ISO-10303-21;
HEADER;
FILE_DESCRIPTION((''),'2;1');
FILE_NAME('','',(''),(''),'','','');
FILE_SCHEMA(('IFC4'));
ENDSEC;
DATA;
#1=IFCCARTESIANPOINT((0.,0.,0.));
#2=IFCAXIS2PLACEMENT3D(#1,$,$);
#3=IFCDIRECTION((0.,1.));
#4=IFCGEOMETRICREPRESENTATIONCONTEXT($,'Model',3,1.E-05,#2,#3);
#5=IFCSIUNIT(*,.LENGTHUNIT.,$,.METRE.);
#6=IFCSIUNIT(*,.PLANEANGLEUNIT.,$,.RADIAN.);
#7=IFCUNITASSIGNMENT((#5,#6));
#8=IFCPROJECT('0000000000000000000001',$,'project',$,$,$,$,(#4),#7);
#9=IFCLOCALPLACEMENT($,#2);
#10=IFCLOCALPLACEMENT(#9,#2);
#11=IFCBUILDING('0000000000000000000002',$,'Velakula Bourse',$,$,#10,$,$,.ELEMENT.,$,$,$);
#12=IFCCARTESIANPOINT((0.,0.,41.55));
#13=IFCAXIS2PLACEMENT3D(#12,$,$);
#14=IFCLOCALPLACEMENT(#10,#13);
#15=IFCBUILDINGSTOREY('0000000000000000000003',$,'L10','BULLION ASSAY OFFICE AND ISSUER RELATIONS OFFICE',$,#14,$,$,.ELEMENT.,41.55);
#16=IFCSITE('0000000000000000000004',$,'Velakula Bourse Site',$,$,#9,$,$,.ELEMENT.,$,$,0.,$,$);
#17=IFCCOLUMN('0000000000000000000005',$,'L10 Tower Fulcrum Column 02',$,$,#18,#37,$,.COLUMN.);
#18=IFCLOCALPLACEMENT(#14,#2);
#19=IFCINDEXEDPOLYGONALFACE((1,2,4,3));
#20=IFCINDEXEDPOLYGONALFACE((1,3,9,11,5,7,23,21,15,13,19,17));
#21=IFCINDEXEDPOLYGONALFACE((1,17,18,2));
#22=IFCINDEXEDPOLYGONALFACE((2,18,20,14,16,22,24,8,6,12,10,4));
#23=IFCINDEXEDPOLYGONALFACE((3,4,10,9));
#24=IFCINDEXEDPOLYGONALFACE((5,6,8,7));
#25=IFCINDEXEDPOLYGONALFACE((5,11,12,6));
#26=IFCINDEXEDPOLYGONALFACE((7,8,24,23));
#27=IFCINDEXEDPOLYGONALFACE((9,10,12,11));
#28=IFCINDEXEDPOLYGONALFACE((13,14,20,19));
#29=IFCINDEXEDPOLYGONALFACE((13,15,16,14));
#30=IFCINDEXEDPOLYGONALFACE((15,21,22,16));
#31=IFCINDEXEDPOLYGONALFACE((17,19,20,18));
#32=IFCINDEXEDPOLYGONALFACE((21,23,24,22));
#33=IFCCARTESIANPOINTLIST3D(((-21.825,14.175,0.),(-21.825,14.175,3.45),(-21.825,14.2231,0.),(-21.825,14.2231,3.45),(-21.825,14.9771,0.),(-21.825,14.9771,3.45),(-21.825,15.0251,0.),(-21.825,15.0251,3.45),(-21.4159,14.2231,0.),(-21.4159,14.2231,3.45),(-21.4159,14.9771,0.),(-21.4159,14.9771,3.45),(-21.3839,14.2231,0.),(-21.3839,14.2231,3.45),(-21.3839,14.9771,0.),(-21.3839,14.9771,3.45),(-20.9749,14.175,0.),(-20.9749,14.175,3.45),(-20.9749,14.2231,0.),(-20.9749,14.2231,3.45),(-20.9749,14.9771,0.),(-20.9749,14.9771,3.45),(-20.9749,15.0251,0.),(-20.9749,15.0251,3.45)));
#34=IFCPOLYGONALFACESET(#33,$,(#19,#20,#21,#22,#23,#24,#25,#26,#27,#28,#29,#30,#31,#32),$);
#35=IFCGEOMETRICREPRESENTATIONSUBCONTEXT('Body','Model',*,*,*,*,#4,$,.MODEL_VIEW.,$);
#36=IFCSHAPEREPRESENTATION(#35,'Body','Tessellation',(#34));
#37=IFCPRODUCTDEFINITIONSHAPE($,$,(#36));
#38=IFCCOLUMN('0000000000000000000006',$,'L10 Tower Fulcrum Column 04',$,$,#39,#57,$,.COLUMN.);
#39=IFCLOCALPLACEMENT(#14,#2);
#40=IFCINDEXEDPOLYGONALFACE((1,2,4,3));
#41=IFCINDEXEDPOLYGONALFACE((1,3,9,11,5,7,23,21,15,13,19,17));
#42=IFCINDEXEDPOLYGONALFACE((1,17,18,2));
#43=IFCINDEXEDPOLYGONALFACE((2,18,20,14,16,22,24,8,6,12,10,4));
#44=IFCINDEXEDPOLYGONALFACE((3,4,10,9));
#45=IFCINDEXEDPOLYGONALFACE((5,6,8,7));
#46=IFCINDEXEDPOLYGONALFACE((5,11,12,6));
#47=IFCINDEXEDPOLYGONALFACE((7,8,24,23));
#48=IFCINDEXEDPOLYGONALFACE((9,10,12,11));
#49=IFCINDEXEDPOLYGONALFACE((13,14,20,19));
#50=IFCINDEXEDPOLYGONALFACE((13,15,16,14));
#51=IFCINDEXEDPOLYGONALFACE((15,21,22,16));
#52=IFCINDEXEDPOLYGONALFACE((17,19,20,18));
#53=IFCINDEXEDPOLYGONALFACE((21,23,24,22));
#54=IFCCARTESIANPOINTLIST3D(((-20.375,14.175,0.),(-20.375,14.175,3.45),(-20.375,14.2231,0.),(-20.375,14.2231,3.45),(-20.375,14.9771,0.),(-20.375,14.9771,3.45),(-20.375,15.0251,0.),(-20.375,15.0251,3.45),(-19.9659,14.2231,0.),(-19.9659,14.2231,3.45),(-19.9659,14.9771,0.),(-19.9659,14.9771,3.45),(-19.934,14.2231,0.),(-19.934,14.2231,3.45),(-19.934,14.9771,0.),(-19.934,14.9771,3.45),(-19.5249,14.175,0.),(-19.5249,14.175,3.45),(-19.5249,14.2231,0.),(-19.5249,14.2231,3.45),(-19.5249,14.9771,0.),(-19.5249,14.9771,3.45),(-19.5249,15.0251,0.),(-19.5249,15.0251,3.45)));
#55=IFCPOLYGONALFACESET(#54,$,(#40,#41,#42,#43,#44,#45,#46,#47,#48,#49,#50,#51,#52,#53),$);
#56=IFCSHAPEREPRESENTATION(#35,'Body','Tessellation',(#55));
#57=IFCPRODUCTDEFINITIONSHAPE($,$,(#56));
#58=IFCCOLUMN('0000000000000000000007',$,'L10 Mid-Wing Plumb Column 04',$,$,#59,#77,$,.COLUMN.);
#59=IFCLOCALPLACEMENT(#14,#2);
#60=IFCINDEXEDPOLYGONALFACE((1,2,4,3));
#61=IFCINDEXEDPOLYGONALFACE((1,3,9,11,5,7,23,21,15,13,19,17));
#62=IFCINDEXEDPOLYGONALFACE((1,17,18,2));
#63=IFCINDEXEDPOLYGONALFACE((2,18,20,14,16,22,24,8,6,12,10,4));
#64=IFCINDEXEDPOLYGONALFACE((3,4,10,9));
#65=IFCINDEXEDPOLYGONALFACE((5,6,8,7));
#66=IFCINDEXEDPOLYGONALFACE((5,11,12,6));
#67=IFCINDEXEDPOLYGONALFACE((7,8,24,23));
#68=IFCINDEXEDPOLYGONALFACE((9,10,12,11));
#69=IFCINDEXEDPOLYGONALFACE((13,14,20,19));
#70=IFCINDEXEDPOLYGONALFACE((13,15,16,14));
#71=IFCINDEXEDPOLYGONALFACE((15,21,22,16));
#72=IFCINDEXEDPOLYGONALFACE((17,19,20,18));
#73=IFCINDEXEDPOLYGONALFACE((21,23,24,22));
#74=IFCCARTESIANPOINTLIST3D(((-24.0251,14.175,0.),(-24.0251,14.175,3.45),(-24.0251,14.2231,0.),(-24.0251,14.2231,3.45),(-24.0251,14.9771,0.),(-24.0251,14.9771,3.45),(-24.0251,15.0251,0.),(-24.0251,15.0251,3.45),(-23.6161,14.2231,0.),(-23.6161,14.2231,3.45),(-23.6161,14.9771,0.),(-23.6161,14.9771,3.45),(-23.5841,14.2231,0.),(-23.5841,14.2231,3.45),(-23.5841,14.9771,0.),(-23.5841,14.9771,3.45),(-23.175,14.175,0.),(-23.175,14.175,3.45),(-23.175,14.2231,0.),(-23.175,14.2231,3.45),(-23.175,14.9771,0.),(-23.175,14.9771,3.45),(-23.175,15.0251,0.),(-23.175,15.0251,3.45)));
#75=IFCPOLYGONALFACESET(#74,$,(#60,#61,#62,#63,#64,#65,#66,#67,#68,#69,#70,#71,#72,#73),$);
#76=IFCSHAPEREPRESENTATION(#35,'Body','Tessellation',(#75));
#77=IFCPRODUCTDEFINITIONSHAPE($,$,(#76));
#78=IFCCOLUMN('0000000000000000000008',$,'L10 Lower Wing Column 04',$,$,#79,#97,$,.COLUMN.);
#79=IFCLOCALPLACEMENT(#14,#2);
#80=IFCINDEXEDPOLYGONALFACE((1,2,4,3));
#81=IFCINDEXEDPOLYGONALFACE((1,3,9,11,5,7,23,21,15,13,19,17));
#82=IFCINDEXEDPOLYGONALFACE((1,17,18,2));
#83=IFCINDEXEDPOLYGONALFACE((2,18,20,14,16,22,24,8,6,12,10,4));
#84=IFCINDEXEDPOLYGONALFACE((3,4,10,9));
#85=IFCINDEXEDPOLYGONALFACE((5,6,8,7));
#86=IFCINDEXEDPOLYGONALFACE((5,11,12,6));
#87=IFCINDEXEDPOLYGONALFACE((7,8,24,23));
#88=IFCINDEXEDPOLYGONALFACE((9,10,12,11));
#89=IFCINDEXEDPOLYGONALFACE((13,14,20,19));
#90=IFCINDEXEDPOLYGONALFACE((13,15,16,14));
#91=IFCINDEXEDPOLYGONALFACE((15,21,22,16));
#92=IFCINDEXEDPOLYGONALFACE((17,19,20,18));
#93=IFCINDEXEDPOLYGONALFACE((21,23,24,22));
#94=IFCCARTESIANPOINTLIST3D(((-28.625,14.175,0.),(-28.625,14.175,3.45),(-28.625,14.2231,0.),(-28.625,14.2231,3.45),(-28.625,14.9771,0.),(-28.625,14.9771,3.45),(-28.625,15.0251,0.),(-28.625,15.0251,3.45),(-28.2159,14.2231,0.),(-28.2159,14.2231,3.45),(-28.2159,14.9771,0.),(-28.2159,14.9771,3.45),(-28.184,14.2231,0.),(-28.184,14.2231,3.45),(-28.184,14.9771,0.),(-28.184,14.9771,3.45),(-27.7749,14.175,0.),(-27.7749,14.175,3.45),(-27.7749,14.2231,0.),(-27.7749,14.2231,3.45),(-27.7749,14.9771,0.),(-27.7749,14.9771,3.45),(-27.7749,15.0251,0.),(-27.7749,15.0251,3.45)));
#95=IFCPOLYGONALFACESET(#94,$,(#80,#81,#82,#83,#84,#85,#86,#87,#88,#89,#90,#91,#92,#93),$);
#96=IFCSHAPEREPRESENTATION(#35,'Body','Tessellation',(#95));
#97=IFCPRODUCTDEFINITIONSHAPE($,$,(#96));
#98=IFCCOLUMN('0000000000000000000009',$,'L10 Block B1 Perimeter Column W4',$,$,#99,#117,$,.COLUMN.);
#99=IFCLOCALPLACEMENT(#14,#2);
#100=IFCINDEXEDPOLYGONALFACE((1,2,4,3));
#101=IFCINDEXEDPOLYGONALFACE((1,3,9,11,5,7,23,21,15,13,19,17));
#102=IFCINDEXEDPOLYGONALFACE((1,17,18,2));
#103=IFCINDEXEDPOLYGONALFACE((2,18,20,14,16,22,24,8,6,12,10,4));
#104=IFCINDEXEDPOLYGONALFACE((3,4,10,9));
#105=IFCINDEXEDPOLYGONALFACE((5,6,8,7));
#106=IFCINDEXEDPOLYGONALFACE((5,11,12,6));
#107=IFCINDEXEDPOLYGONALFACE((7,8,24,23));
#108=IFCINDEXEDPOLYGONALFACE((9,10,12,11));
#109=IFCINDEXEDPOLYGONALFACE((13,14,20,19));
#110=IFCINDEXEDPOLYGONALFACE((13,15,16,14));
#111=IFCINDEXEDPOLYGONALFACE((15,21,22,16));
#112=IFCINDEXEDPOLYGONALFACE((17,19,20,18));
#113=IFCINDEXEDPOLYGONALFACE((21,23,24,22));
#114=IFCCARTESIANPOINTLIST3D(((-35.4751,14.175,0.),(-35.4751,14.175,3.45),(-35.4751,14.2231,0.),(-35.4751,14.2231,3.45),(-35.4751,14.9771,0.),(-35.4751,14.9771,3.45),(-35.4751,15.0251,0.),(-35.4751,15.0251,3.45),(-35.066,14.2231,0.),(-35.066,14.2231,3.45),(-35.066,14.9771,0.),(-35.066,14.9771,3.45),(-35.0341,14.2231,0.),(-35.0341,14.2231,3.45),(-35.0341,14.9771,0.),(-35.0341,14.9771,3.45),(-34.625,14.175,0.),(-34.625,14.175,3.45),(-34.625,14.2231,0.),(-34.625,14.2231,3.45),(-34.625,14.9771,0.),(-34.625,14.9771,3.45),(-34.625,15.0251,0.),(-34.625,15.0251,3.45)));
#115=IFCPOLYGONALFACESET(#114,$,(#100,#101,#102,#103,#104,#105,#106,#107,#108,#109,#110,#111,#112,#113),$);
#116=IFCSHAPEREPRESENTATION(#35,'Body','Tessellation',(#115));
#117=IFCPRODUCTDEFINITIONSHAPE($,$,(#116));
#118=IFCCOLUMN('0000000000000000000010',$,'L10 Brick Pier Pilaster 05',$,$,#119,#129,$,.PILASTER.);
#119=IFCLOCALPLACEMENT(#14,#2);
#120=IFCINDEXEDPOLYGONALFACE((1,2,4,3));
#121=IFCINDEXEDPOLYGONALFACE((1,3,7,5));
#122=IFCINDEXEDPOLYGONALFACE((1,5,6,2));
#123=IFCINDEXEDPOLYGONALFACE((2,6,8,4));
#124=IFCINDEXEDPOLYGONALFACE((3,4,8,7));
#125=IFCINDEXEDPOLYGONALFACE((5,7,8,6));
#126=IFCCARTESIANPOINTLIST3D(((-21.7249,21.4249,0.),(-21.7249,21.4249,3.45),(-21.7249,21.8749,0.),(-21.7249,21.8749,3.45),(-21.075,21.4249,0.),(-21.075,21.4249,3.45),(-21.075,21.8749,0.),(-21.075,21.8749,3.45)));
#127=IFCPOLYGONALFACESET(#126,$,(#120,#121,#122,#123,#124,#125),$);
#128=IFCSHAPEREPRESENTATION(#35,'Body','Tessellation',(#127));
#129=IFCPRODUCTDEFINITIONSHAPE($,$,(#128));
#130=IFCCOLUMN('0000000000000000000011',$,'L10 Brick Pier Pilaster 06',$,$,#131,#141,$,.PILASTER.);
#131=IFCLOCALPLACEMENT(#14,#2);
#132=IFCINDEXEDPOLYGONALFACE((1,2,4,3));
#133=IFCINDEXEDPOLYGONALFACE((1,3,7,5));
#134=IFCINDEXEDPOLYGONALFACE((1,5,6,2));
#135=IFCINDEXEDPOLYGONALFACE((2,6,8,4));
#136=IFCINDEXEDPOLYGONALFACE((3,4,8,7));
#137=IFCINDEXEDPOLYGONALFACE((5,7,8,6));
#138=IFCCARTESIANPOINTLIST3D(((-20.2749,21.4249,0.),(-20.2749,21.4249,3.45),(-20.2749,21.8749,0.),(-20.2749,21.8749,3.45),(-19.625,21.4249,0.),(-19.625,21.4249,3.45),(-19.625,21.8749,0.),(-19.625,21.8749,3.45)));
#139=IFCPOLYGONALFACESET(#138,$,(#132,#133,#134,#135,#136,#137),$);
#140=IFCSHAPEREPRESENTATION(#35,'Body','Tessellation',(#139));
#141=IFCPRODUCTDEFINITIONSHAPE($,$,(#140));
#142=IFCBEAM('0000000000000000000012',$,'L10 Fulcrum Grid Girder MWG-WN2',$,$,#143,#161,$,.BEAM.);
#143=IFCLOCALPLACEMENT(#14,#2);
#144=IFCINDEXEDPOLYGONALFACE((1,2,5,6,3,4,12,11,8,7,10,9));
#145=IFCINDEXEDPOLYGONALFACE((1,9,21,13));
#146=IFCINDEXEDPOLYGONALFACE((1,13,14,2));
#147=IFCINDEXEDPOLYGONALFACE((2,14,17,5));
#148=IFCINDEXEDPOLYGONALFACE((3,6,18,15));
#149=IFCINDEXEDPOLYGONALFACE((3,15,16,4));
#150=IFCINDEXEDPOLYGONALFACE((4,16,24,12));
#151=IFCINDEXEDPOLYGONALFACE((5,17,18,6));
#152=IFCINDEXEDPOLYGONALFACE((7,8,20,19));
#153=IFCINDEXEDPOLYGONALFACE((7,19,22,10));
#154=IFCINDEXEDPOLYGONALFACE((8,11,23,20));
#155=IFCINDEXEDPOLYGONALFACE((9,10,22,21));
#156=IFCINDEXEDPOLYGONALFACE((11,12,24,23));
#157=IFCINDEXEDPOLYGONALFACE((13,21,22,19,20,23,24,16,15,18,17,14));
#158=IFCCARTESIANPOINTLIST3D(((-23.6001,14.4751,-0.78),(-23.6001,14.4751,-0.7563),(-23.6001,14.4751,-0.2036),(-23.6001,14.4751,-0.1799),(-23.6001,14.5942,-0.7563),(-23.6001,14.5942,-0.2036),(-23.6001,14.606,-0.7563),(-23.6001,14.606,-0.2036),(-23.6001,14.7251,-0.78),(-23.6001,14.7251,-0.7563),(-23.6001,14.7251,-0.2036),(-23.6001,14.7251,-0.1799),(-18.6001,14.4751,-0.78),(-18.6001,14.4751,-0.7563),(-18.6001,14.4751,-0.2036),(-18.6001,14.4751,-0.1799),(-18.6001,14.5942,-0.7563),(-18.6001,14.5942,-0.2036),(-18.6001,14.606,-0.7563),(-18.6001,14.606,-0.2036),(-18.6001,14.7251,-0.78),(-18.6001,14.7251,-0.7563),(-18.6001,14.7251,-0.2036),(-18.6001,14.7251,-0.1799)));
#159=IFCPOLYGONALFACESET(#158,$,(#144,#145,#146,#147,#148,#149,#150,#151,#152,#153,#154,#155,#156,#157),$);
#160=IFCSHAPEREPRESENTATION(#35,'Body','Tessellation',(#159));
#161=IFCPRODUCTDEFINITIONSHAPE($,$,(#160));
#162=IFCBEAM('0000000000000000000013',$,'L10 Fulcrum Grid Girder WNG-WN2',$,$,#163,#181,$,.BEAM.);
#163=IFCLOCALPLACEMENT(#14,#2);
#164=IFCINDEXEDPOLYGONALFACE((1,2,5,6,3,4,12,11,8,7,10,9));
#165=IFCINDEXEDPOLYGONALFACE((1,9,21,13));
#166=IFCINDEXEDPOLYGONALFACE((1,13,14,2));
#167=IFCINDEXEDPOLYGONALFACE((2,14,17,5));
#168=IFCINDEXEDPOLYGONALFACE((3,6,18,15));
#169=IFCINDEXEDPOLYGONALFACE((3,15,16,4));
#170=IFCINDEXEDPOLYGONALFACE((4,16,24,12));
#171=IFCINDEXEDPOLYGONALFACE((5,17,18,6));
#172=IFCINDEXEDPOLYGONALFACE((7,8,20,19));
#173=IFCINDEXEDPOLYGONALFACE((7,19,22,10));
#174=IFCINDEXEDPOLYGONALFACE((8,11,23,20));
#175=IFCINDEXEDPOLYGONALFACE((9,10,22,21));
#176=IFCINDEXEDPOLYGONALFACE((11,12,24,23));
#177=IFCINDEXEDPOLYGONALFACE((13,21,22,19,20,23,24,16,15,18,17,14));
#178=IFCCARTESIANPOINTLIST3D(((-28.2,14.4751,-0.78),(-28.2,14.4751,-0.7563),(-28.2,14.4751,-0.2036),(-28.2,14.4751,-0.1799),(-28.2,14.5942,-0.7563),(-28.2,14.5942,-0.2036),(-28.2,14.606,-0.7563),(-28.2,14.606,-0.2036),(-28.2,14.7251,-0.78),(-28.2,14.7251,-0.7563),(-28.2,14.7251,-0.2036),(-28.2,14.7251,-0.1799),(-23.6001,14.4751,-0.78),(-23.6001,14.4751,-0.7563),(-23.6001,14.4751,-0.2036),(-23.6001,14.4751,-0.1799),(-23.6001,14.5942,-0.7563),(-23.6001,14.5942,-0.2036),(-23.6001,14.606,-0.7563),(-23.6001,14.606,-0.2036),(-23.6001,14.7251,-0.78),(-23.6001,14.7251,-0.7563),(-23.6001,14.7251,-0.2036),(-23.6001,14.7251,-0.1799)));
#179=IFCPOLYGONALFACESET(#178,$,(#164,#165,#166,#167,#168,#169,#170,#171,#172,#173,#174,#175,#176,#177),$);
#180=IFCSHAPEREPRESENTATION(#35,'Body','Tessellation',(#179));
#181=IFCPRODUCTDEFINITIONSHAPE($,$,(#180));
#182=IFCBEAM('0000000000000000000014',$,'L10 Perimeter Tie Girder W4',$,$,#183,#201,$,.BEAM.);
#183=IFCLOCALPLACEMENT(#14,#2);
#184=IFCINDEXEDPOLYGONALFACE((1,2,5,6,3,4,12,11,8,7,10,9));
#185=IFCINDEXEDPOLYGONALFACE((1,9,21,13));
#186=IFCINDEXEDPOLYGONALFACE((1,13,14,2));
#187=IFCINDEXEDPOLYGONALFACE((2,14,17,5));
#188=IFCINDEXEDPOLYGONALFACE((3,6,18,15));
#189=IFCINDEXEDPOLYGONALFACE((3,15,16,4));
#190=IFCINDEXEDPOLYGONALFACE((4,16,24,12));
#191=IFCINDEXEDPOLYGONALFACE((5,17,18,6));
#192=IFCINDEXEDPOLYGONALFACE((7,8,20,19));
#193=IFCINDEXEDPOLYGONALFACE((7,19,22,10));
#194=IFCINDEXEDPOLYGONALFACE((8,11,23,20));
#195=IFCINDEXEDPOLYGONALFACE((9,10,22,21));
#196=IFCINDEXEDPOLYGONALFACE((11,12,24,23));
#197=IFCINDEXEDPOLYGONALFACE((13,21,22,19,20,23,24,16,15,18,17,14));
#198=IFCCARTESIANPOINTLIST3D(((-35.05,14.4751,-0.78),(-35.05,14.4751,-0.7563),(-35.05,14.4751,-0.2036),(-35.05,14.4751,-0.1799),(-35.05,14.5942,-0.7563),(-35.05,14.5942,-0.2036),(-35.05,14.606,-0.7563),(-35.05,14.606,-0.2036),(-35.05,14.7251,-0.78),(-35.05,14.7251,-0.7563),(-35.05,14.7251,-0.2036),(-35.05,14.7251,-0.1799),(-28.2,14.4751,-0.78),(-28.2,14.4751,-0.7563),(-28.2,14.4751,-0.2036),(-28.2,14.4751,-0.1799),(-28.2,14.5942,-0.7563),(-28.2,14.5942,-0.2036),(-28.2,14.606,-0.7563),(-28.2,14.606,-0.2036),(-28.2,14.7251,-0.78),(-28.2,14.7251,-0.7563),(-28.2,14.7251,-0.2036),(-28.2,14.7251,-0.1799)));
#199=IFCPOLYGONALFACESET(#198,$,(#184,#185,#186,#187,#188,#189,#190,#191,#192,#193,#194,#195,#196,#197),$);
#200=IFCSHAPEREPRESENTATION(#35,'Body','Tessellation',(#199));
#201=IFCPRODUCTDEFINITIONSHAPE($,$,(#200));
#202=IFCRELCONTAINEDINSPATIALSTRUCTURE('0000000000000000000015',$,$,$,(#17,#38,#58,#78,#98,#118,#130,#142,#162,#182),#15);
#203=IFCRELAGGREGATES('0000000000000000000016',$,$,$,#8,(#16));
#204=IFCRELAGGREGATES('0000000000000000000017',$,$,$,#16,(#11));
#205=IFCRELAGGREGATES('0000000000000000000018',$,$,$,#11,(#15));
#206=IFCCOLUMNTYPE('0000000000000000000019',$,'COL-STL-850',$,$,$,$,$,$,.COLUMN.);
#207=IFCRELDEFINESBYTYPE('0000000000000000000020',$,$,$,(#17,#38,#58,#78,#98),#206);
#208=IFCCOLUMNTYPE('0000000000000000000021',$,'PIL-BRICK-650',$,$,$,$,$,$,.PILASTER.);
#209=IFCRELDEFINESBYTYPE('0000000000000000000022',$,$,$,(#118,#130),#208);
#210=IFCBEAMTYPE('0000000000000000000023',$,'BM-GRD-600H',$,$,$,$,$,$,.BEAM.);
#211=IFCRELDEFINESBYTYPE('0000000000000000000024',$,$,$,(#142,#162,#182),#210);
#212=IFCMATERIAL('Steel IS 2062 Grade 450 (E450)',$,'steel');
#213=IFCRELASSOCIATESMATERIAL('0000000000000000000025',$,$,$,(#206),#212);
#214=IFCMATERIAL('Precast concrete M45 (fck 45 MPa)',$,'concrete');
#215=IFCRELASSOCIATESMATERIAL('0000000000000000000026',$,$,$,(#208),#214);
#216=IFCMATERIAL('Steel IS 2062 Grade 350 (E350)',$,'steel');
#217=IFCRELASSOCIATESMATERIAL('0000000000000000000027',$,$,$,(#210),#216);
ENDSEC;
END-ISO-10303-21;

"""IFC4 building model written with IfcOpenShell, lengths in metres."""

from ifc_helpers import new_model, si_unit, direction, frame, origin, origin_2d, place, context, subcontext, project, spatial, rectangle, i_section, extrude, material, material_profile, profile_set, type_object, element, save


model = new_model("IFC4")

# Units and contexts
model_context = context("Model", 3, precision=1e-05, world=origin(), true_north=direction((0.0, 1.0)))
body_context = subcontext(model_context, "Body", "Model", "MODEL_VIEW")
ifc_project = project(units=[si_unit("LENGTHUNIT", "METRE"), si_unit("PLANEANGLEUNIT", "RADIAN")], contexts=[model_context])

# Site, building, storey
site_placement = place(None, origin())
site = spatial("IfcSite", under=ifc_project, at=site_placement, Name="Velakula Bourse Site", CompositionType="ELEMENT", RefElevation=0.0)
building_placement = place(site_placement, origin())
building = spatial("IfcBuilding", under=site, at=building_placement, Name="Velakula Bourse", CompositionType="ELEMENT")
storey_placement = place(building_placement, frame((0.0, 0.0, 41.55)))
storey = spatial("IfcBuildingStorey", under=building, at=storey_placement, Name="L10", Description="BULLION ASSAY OFFICE AND ISSUER RELATIONS OFFICE", CompositionType="ELEMENT", Elevation=41.55)

# Columns
ifc_material_1 = material(Name="Steel IS 2062 Grade 450 (E450)", Category="steel")
ifc_material_profile_1 = material_profile(ifc_material_1, i_section(OverallWidth=0.8501, OverallDepth=0.8501, WebThickness=0.032, FlangeThickness=0.0481, at=origin_2d()), Name="Steel IS 2062 Grade 450 (E450)")
ifc_profile_set_1 = profile_set([ifc_material_profile_1], Name="Steel IS 2062 Grade 450 (E450)")
column_type_1 = type_object("IfcColumnType", Name="COL-STL-850", PredefinedType="COLUMN", material=ifc_profile_set_1)
for number, where, z_axis, x_axis, name in (
    (1, (-21.3999, 14.6001, 0.0), (0.0, 0.0, 1.0), (1.0, 0.0, 0.0), "L10 Tower Fulcrum Column 02"),
    (2, (-19.95, 14.6001, 0.0), (0.0, 0.0, 1.0), (1.0, 0.0, 0.0), "L10 Tower Fulcrum Column 04"),
    (3, (-23.6001, 14.6001, 0.0), (0.0, 0.0, 1.0), (1.0, 0.0, 0.0), "L10 Mid-Wing Plumb Column 04"),
    (4, (-28.2, 14.6001, 0.0), (0.0, 0.0, 1.0), (1.0, 0.0, 0.0), "L10 Lower Wing Column 04"),
    (5, (-35.05, 14.6001, 0.0), (0.0, 0.0, 1.0), (1.0, 0.0, 0.0), "L10 Block B1 Perimeter Column W4"),
):
    element("IfcColumn", number, at=place(storey_placement, frame(where, z_axis=z_axis, x_axis=x_axis)), inside=storey, type_object=column_type_1, Name=name, PredefinedType="COLUMN", context=body_context, shape_type="SweptSolid", body=[
        extrude(i_section(OverallWidth=0.8501, OverallDepth=0.8501, WebThickness=0.032, FlangeThickness=0.0481, at=origin_2d()), origin(), (0.0, 0.0, 1.0), 3.45),
    ])
ifc_material_2 = material(Name="Precast concrete M45 (fck 45 MPa)", Category="concrete")
ifc_material_profile_2 = material_profile(ifc_material_2, rectangle(XDim=0.6499, YDim=0.45, at=origin_2d()), Name="Precast concrete M45 (fck 45 MPa)")
ifc_profile_set_2 = profile_set([ifc_material_profile_2], Name="Precast concrete M45 (fck 45 MPa)")
column_type_2 = type_object("IfcColumnType", Name="PIL-BRICK-650", PredefinedType="PILASTER", material=ifc_profile_set_2)
for number, where, z_axis, x_axis, name in (
    (6, (-21.3999, 21.6499, 0.0), (0.0, 0.0, 1.0), (1.0, 0.0, 0.0), "L10 Brick Pier Pilaster 05"),
    (7, (-19.95, 21.6499, 0.0), (0.0, 0.0, 1.0), (1.0, 0.0, 0.0), "L10 Brick Pier Pilaster 06"),
):
    element("IfcColumn", number, at=place(storey_placement, frame(where, z_axis=z_axis, x_axis=x_axis)), inside=storey, type_object=column_type_2, Name=name, PredefinedType="PILASTER", context=body_context, shape_type="SweptSolid", body=[
        extrude(rectangle(XDim=0.6499, YDim=0.45, at=origin_2d()), origin(), (0.0, 0.0, 1.0), 3.45),
    ])

# Beams
ifc_material_3 = material(Name="Steel IS 2062 Grade 350 (E350)", Category="steel")
ifc_material_profile_3 = material_profile(ifc_material_3, i_section(OverallWidth=0.25, OverallDepth=0.6001, WebThickness=0.0117, FlangeThickness=0.0237, at=origin_2d()), Name="Steel IS 2062 Grade 350 (E350)")
ifc_profile_set_3 = profile_set([ifc_material_profile_3], Name="Steel IS 2062 Grade 350 (E350)")
beam_type_1 = type_object("IfcBeamType", Name="BM-GRD-600H", PredefinedType="BEAM", material=ifc_profile_set_3)
beam_1_placement = place(storey_placement, frame((-23.6001, 14.6001, -0.48), z_axis=(1.0, 0.0, 0.0), x_axis=(0.0, 1.0, 0.0)))
element("IfcBeam", 8, at=beam_1_placement, inside=storey, type_object=beam_type_1, Name="L10 Fulcrum Grid Girder MWG-WN2", PredefinedType="BEAM", context=body_context, shape_type="SweptSolid", body=[
    extrude(i_section(OverallWidth=0.25, OverallDepth=0.6001, WebThickness=0.0117, FlangeThickness=0.0237, at=origin_2d()), origin(), (0.0, 0.0, 1.0), 5.0),
])
beam_2_placement = place(storey_placement, frame((-28.2, 14.6001, -0.48), z_axis=(1.0, 0.0, 0.0), x_axis=(0.0, 1.0, 0.0)))
element("IfcBeam", 9, at=beam_2_placement, inside=storey, type_object=beam_type_1, Name="L10 Fulcrum Grid Girder WNG-WN2", PredefinedType="BEAM", context=body_context, shape_type="SweptSolid", body=[
    extrude(i_section(OverallWidth=0.25, OverallDepth=0.6001, WebThickness=0.0117, FlangeThickness=0.0237, at=origin_2d()), origin(), (0.0, 0.0, 1.0), 4.5999),
])
beam_3_placement = place(storey_placement, frame((-28.2, 14.6001, -0.48), z_axis=(-1.0, 0.0, 0.0), x_axis=(0.0, -1.0, 0.0)))
element("IfcBeam", 10, at=beam_3_placement, inside=storey, type_object=beam_type_1, Name="L10 Perimeter Tie Girder W4", PredefinedType="BEAM", context=body_context, shape_type="SweptSolid", body=[
    extrude(i_section(OverallWidth=0.25, OverallDepth=0.6001, WebThickness=0.0117, FlangeThickness=0.0237, at=origin_2d()), origin(), (0.0, 0.0, 1.0), 6.8501),
])

save(model, "model.ifc")
